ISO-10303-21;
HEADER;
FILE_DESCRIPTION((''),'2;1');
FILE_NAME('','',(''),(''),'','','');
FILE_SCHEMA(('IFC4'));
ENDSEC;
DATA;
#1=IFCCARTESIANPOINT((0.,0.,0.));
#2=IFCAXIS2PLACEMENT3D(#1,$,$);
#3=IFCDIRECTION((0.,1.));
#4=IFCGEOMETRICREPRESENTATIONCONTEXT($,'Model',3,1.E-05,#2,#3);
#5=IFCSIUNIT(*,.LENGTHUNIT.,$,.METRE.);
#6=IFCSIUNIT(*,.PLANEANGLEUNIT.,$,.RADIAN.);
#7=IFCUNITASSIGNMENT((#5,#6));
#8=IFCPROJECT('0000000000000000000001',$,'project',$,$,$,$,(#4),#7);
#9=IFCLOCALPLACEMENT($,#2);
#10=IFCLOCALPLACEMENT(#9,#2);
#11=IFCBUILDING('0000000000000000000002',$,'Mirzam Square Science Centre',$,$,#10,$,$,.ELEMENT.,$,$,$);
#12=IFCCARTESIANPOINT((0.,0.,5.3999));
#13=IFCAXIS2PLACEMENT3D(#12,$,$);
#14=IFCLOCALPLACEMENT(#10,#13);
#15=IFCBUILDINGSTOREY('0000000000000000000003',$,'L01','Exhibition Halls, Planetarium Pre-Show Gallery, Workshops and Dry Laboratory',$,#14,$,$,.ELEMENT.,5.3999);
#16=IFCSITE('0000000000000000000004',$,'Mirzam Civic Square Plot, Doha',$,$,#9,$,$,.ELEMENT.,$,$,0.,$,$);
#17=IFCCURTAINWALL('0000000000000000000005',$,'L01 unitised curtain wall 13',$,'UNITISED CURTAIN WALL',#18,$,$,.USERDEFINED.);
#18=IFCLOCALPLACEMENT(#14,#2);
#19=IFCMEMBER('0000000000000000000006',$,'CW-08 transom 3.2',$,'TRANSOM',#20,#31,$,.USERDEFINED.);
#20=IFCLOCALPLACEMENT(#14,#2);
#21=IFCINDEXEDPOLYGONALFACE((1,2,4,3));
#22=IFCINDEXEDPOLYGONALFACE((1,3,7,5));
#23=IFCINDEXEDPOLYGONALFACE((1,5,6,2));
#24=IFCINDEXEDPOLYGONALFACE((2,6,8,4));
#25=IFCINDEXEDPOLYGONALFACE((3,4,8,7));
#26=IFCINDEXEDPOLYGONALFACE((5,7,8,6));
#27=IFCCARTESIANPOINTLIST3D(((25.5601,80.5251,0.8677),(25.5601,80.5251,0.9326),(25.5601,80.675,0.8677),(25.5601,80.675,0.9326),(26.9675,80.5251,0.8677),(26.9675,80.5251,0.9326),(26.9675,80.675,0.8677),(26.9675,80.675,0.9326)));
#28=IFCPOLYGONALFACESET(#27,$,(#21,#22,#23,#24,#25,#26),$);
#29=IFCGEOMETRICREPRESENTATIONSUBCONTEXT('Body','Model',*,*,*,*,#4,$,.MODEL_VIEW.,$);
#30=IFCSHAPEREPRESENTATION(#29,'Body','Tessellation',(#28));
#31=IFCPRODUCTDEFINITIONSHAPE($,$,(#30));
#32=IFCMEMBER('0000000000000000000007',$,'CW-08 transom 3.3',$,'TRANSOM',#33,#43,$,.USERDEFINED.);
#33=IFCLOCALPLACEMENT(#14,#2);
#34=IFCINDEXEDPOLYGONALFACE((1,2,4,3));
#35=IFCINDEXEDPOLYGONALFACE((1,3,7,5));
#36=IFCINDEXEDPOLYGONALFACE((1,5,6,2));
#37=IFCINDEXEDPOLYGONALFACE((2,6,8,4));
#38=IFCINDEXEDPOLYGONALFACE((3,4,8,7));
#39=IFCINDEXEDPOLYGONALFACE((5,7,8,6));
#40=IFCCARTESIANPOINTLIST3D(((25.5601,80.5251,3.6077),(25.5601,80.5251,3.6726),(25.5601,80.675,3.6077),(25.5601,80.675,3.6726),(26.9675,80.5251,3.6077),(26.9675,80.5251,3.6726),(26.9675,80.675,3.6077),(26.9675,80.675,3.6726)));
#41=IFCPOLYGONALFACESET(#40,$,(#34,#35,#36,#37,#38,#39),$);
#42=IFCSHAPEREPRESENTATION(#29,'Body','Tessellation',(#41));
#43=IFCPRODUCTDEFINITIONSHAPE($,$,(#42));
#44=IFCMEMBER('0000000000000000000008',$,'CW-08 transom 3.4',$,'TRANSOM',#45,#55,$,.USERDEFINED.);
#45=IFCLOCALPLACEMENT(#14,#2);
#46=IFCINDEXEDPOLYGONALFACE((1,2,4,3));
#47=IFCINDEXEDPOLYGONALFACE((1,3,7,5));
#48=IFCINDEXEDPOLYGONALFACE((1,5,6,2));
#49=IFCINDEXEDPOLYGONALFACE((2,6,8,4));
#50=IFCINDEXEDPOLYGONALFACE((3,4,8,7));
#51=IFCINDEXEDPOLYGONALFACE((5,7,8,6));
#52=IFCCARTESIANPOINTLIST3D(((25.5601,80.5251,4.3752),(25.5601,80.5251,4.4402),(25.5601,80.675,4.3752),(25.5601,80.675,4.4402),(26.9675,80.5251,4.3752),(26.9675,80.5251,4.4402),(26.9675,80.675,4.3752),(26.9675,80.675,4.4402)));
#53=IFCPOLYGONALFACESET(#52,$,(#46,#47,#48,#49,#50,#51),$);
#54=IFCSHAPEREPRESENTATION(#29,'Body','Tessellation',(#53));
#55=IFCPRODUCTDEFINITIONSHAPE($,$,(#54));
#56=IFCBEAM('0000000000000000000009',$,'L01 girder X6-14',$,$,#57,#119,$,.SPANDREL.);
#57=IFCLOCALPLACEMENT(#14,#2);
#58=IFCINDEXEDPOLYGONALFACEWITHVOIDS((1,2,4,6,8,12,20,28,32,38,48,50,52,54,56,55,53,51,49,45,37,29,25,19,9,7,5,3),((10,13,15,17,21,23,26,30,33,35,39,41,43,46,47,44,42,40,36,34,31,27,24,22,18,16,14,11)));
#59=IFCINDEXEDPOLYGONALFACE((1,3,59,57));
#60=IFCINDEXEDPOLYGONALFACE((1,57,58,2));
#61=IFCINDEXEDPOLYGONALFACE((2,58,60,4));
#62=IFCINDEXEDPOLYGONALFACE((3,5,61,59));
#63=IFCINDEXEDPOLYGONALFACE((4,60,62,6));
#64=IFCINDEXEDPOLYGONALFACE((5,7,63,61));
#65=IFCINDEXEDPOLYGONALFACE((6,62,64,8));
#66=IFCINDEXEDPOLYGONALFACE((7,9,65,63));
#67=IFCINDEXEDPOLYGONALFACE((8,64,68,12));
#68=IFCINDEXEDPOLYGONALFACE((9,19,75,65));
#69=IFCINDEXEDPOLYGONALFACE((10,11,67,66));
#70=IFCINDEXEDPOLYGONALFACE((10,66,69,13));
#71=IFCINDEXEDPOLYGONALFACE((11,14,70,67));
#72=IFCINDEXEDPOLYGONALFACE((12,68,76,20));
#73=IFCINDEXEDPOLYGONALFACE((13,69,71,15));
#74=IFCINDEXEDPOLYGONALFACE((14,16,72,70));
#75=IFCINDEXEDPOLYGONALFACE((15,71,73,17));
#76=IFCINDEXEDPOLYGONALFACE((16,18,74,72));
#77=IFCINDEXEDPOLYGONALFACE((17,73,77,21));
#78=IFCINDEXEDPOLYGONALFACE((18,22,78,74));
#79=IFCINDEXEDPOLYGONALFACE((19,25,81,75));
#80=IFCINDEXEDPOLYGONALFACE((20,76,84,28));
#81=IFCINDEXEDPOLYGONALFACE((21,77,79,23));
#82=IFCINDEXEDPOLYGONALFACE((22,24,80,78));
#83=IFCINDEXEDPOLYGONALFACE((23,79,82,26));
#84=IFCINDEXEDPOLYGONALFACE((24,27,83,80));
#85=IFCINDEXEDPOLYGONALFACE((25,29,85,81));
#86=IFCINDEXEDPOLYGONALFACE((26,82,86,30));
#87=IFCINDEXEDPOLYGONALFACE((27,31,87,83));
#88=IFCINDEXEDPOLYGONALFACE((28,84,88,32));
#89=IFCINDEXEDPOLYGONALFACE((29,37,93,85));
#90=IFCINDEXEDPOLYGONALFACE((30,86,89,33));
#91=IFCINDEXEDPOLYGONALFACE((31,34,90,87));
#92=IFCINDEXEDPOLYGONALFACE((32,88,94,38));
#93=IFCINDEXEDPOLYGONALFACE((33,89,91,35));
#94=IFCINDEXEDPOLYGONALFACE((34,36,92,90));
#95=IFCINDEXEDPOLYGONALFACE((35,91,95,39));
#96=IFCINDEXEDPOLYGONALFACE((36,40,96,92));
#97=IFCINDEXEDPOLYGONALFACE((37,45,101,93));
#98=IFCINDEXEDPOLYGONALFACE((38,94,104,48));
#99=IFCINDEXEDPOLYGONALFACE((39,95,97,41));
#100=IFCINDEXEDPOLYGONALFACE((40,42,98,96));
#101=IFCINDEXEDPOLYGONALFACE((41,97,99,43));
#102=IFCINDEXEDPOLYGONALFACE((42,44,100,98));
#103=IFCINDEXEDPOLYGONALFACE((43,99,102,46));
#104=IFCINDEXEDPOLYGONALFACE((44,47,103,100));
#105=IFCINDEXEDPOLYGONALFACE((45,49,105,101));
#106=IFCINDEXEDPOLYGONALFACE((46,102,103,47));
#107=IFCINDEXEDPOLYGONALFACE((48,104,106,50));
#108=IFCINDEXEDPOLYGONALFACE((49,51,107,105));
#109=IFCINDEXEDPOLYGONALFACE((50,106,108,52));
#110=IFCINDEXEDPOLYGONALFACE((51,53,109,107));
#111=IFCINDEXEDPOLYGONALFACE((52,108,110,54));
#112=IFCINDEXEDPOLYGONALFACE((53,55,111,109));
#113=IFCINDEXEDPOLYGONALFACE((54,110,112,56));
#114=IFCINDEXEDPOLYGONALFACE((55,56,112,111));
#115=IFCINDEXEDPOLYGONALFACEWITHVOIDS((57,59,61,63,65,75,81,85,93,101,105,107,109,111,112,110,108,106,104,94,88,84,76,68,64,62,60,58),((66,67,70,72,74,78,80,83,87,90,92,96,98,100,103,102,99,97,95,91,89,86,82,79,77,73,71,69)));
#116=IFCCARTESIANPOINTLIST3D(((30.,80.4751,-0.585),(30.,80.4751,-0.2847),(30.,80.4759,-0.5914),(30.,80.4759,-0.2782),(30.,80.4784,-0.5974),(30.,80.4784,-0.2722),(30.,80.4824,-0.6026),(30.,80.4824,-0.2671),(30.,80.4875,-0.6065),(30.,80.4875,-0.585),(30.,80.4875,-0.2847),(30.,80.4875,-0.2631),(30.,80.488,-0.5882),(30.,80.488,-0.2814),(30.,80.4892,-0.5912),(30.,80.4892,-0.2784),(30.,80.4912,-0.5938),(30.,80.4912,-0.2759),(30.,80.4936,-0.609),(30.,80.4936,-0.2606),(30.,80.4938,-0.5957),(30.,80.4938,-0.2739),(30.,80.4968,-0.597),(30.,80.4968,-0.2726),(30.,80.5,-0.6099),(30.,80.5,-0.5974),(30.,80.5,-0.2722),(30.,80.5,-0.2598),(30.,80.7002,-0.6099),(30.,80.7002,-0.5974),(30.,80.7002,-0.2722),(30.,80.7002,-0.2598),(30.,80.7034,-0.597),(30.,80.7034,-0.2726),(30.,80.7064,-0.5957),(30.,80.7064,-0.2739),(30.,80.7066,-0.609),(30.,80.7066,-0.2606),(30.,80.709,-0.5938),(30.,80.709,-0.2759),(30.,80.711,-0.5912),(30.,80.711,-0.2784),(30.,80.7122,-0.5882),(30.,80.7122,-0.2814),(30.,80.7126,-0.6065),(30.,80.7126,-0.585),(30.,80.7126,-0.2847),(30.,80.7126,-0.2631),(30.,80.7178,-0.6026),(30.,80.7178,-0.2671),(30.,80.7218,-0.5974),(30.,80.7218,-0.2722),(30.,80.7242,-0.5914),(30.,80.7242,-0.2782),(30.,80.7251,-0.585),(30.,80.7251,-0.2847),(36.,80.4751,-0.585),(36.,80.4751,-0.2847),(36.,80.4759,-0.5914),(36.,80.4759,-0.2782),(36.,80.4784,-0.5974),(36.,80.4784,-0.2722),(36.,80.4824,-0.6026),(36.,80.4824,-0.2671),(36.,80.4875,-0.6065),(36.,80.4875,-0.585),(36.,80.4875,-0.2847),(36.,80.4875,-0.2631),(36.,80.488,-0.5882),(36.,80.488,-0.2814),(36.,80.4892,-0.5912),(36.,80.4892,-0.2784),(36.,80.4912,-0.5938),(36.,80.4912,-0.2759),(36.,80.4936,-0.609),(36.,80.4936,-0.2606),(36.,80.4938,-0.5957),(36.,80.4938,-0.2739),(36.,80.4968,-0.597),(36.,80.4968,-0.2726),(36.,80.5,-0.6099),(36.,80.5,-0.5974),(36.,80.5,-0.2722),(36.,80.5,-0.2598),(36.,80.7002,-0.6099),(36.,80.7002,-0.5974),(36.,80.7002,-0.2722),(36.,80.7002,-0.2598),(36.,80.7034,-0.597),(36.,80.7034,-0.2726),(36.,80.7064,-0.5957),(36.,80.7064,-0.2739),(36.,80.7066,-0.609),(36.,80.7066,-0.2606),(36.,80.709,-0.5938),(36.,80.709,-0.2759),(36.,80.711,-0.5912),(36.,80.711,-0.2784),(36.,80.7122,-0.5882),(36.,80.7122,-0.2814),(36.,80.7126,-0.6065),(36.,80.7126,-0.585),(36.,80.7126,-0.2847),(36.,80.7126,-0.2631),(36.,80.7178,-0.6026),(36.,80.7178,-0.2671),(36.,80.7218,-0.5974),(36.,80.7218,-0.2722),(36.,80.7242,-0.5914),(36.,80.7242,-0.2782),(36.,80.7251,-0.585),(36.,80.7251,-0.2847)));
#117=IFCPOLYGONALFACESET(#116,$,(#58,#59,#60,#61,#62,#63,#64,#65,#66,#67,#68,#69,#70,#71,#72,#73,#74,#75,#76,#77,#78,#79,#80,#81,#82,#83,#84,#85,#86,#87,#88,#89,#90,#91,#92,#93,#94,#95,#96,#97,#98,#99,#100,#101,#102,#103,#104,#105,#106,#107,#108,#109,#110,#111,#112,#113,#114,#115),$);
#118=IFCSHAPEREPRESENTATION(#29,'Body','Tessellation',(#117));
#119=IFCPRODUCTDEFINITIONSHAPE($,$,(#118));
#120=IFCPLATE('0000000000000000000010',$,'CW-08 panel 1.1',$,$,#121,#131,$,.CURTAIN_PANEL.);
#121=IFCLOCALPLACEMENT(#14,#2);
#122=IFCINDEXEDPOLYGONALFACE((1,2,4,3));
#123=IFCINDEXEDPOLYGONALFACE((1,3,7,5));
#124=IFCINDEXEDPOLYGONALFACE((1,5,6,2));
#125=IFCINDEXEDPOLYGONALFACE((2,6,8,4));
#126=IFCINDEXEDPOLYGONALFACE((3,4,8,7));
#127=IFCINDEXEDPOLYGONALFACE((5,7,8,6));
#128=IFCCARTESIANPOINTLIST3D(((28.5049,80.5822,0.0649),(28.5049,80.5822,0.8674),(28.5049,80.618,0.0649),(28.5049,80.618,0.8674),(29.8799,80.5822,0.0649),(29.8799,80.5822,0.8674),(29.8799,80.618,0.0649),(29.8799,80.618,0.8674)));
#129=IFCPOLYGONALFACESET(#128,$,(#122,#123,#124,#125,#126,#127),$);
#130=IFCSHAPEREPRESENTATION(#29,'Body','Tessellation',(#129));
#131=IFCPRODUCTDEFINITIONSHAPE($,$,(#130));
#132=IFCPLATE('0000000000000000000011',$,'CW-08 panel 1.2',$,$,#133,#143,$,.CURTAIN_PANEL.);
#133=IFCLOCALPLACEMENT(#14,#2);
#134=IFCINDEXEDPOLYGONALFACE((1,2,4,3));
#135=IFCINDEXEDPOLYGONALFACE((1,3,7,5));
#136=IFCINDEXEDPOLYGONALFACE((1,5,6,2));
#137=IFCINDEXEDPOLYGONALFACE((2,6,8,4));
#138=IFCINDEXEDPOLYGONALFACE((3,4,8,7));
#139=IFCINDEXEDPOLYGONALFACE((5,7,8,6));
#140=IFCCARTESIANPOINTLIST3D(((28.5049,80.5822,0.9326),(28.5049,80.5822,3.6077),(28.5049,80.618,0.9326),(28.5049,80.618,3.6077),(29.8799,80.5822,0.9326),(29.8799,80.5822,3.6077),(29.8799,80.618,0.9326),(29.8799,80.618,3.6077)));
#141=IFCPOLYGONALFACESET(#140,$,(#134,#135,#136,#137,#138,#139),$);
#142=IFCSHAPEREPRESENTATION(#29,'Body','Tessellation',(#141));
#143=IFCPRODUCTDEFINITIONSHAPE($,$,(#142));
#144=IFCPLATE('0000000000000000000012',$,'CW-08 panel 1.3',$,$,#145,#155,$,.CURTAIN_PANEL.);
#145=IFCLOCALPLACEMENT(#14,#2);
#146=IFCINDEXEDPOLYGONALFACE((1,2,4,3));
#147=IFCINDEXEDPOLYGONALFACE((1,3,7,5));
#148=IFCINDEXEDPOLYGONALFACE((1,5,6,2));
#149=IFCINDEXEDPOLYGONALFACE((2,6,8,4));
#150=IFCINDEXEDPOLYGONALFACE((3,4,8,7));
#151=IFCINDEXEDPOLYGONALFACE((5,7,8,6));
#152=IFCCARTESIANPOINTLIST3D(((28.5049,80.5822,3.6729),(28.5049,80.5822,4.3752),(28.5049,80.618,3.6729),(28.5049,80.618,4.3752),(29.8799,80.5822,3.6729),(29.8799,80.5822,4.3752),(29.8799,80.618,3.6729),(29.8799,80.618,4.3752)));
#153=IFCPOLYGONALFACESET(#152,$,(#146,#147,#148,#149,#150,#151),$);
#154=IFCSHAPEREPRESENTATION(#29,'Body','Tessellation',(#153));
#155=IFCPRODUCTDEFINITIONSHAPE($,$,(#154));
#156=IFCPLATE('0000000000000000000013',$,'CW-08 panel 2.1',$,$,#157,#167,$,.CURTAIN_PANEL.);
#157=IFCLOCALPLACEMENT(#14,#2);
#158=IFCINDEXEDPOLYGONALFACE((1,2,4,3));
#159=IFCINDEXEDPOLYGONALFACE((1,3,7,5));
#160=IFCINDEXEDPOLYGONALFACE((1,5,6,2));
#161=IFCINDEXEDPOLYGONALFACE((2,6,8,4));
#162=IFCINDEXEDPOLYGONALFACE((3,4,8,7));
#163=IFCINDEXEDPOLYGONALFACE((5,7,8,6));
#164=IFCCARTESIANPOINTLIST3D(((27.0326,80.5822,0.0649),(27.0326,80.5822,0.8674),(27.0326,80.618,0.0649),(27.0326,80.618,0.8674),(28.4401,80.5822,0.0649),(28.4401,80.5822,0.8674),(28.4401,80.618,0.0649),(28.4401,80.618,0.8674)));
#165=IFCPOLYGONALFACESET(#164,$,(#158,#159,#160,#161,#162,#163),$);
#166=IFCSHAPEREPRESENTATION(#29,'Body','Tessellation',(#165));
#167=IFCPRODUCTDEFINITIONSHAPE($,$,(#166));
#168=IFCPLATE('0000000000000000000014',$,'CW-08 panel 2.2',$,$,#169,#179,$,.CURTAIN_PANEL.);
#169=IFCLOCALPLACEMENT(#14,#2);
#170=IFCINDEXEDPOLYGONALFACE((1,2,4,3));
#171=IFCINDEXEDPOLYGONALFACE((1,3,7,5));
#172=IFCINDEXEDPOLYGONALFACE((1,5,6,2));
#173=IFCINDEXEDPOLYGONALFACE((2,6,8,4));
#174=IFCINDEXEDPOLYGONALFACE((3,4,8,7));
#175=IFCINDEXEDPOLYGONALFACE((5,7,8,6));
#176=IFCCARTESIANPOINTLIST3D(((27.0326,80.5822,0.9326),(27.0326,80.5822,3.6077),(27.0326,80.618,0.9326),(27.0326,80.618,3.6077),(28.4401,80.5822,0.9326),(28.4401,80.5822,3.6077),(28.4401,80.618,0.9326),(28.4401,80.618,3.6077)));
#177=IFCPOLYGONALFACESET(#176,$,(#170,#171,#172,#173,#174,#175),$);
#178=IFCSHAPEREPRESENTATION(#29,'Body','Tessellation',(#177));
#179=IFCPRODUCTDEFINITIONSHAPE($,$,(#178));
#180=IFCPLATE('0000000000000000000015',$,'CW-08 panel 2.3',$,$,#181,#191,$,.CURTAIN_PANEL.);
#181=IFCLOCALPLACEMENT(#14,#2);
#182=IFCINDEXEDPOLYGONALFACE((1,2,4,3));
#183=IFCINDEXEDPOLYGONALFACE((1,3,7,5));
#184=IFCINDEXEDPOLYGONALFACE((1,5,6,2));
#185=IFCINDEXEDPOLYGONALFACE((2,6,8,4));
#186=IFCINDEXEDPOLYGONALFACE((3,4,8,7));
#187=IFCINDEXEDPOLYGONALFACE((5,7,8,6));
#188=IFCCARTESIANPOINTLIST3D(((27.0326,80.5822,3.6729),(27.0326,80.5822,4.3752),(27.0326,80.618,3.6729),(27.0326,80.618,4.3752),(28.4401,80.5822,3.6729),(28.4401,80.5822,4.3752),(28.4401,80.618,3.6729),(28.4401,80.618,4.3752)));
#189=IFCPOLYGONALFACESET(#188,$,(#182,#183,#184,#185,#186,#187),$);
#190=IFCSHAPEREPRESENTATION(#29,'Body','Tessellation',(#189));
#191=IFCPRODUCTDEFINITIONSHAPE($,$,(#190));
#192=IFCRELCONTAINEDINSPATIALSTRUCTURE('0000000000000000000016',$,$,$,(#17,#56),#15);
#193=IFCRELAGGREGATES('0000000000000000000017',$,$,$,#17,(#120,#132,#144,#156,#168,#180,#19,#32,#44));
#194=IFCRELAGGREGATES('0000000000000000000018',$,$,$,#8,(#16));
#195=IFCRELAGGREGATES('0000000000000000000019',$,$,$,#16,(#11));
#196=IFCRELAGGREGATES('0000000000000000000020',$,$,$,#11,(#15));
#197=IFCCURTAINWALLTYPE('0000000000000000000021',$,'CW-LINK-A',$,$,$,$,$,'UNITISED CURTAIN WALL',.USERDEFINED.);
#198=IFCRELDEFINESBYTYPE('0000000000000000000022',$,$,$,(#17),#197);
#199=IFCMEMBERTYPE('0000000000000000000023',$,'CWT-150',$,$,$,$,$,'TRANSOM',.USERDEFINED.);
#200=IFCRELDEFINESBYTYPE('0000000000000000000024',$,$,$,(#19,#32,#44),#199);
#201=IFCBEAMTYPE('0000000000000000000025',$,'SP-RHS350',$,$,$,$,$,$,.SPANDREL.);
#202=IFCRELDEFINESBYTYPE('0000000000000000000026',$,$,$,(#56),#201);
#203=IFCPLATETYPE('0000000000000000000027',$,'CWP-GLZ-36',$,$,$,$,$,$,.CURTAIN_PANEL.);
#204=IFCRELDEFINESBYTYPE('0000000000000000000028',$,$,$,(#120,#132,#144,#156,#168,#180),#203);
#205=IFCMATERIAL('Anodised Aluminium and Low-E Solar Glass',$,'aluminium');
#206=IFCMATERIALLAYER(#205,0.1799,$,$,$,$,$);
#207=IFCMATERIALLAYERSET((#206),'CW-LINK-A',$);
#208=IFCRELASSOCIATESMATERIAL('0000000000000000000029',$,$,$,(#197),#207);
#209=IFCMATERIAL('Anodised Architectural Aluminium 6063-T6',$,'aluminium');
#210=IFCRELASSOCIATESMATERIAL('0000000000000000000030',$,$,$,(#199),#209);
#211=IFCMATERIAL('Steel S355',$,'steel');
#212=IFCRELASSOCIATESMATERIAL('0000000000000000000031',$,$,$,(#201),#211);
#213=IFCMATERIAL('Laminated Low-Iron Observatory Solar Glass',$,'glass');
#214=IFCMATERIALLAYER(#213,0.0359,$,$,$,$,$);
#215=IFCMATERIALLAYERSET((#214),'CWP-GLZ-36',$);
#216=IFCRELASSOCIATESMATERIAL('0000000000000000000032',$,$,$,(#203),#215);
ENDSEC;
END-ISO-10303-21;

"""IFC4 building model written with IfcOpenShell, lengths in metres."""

from ifc_helpers import new_model, si_unit, direction, frame, origin, origin_2d, place, context, subcontext, project, spatial, rectangle, hollow_rectangle, extrude, material, layer, layer_set, material_profile, profile_set, type_object, element, aggregate, save


model = new_model("IFC4")

# Units and contexts
model_context = context("Model", 3, precision=1e-05, world=origin(), true_north=direction((0.0, 1.0)))
body_context = subcontext(model_context, "Body", "Model", "MODEL_VIEW")
ifc_project = project(units=[si_unit("LENGTHUNIT", "METRE"), si_unit("PLANEANGLEUNIT", "RADIAN")], contexts=[model_context])

# Site, building, storey
site_placement = place(None, origin())
site = spatial("IfcSite", under=ifc_project, at=site_placement, Name="Mirzam Civic Square Plot, Doha", CompositionType="ELEMENT", RefElevation=0.0)
building_placement = place(site_placement, origin())
building = spatial("IfcBuilding", under=site, at=building_placement, Name="Mirzam Square Science Centre", CompositionType="ELEMENT")
storey_placement = place(building_placement, frame((0.0, 0.0, 5.3999)))
storey = spatial("IfcBuildingStorey", under=building, at=storey_placement, Name="L01", Description="Exhibition Halls, Planetarium Pre-Show Gallery, Workshops and Dry Laboratory", CompositionType="ELEMENT", Elevation=5.3999)

# Shared definitions
ifc_material_1 = material(Name="Steel S355", Category="steel")

# Curtain wall, members
ifc_material_2 = material(Name="Anodised Aluminium and Low-E Solar Glass", Category="aluminium")
ifc_layer_1 = layer(ifc_material_2, 0.1799)
ifc_layer_set_1 = layer_set([ifc_layer_1], Name="CW-LINK-A")
curtain_wall_type = type_object("IfcCurtainWallType", Name="CW-LINK-A", ElementType="UNITISED CURTAIN WALL", PredefinedType="USERDEFINED", material=ifc_layer_set_1)
curtain_wall_placement = place(storey_placement, origin())
curtain_wall = element("IfcCurtainWall", 1, at=curtain_wall_placement, inside=storey, type_object=curtain_wall_type, Name="L01 unitised curtain wall 13", ObjectType="UNITISED CURTAIN WALL", PredefinedType="USERDEFINED")
ifc_material_3 = material(Name="Anodised Architectural Aluminium 6063-T6", Category="aluminium")
ifc_material_profile_1 = material_profile(ifc_material_3, rectangle(XDim=0.1499, YDim=0.0649, at=origin_2d()), Name="ALU-TRAN-150x65x4")
ifc_profile_set_1 = profile_set([ifc_material_profile_1], Name="Anodised Architectural Aluminium 6063-T6")
member_type_1 = type_object("IfcMemberType", Name="CWT-150", ElementType="TRANSOM", PredefinedType="USERDEFINED", material=ifc_profile_set_1)
member_1_placement = place(storey_placement, frame((26.9675, 80.6001, 0.9001), z_axis=(-1.0, 0.0, 0.0), x_axis=(0.0, -1.0, 0.0)))
member_1 = element("IfcMember", 2, at=member_1_placement, type_object=member_type_1, Name="CW-08 transom 3.2", ObjectType="TRANSOM", PredefinedType="USERDEFINED", context=body_context, shape_type="SweptSolid", body=[
    extrude(rectangle(XDim=0.1499, YDim=0.0649, at=origin_2d()), origin(), (0.0, 0.0, 1.0), 1.4075),
])
member_2_placement = place(storey_placement, frame((26.9675, 80.6001, 3.6401), z_axis=(-1.0, 0.0, 0.0), x_axis=(0.0, -1.0, 0.0)))
member_2 = element("IfcMember", 3, at=member_2_placement, type_object=member_type_1, Name="CW-08 transom 3.3", ObjectType="TRANSOM", PredefinedType="USERDEFINED", context=body_context, shape_type="SweptSolid", body=[
    extrude(rectangle(XDim=0.1499, YDim=0.0649, at=origin_2d()), origin(), (0.0, 0.0, 1.0), 1.4075),
])
member_3_placement = place(storey_placement, frame((26.9675, 80.6001, 4.4077), z_axis=(-1.0, 0.0, 0.0), x_axis=(0.0, -1.0, 0.0)))
member_3 = element("IfcMember", 4, at=member_3_placement, type_object=member_type_1, Name="CW-08 transom 3.4", ObjectType="TRANSOM", PredefinedType="USERDEFINED", context=body_context, shape_type="SweptSolid", body=[
    extrude(rectangle(XDim=0.1499, YDim=0.0649, at=origin_2d()), origin(), (0.0, 0.0, 1.0), 1.4075),
])

# Beam
ifc_material_profile_2 = material_profile(ifc_material_1, hollow_rectangle(XDim=0.25, YDim=0.3501, WallThickness=0.0125, InnerFilletRadius=0.0125, OuterFilletRadius=0.0249, at=origin_2d()), Name="350x250x12.5RHS")
ifc_profile_set_2 = profile_set([ifc_material_profile_2], Name="Steel S355")
beam_type = type_object("IfcBeamType", Name="SP-RHS350", PredefinedType="SPANDREL", material=ifc_profile_set_2)
beam_placement = place(storey_placement, frame((30.0, 80.6001, -0.4348), z_axis=(1.0, 0.0, 0.0), x_axis=(0.0, 1.0, 0.0)))
element("IfcBeam", 5, at=beam_placement, inside=storey, type_object=beam_type, Name="L01 girder X6-14", PredefinedType="SPANDREL", context=body_context, shape_type="SweptSolid", body=[
    extrude(hollow_rectangle(XDim=0.25, YDim=0.3501, WallThickness=0.0125, InnerFilletRadius=0.0125, OuterFilletRadius=0.0249, at=origin_2d()), origin(), (0.0, 0.0, 1.0), 6.0),
])

# Plates
ifc_material_4 = material(Name="Laminated Low-Iron Observatory Solar Glass", Category="glass")
ifc_layer_2 = layer(ifc_material_4, 0.0359)
ifc_layer_set_2 = layer_set([ifc_layer_2], Name="CWP-GLZ-36")
plate_type = type_object("IfcPlateType", Name="CWP-GLZ-36", PredefinedType="CURTAIN_PANEL", material=ifc_layer_set_2)
plate_1_placement = place(storey_placement, frame((29.1924, 80.6001, 0.0649), z_axis=(0.0, 0.0, 1.0), x_axis=(-1.0, 0.0, 0.0)))
plate_1 = element("IfcPlate", 6, at=plate_1_placement, type_object=plate_type, Name="CW-08 panel 1.1", PredefinedType="CURTAIN_PANEL", context=body_context, shape_type="SweptSolid", body=[
    extrude(rectangle(XDim=1.375, YDim=0.0359, at=origin_2d()), origin(), (0.0, 0.0, 1.0), 0.8025),
])
plate_2_placement = place(storey_placement, frame((29.1924, 80.6001, 0.9326), z_axis=(0.0, 0.0, 1.0), x_axis=(-1.0, 0.0, 0.0)))
plate_2 = element("IfcPlate", 7, at=plate_2_placement, type_object=plate_type, Name="CW-08 panel 1.2", PredefinedType="CURTAIN_PANEL", context=body_context, shape_type="SweptSolid", body=[
    extrude(rectangle(XDim=1.375, YDim=0.0359, at=origin_2d()), origin(), (0.0, 0.0, 1.0), 2.675),
])
plate_3_placement = place(storey_placement, frame((29.1924, 80.6001, 3.6729), z_axis=(0.0, 0.0, 1.0), x_axis=(-1.0, 0.0, 0.0)))
plate_3 = element("IfcPlate", 8, at=plate_3_placement, type_object=plate_type, Name="CW-08 panel 1.3", PredefinedType="CURTAIN_PANEL", context=body_context, shape_type="SweptSolid", body=[
    extrude(rectangle(XDim=1.375, YDim=0.0359, at=origin_2d()), origin(), (0.0, 0.0, 1.0), 0.7024),
])
plate_4_placement = place(storey_placement, frame((27.7363, 80.6001, 0.0649), z_axis=(0.0, 0.0, 1.0), x_axis=(-1.0, 0.0, 0.0)))
plate_4 = element("IfcPlate", 9, at=plate_4_placement, type_object=plate_type, Name="CW-08 panel 2.1", PredefinedType="CURTAIN_PANEL", context=body_context, shape_type="SweptSolid", body=[
    extrude(rectangle(XDim=1.4075, YDim=0.0359, at=origin_2d()), origin(), (0.0, 0.0, 1.0), 0.8025),
])
plate_5_placement = place(storey_placement, frame((27.7363, 80.6001, 0.9326), z_axis=(0.0, 0.0, 1.0), x_axis=(-1.0, 0.0, 0.0)))
plate_5 = element("IfcPlate", 10, at=plate_5_placement, type_object=plate_type, Name="CW-08 panel 2.2", PredefinedType="CURTAIN_PANEL", context=body_context, shape_type="SweptSolid", body=[
    extrude(rectangle(XDim=1.4075, YDim=0.0359, at=origin_2d()), origin(), (0.0, 0.0, 1.0), 2.675),
])
plate_6_placement = place(storey_placement, frame((27.7363, 80.6001, 3.6729), z_axis=(0.0, 0.0, 1.0), x_axis=(-1.0, 0.0, 0.0)))
plate_6 = element("IfcPlate", 11, at=plate_6_placement, type_object=plate_type, Name="CW-08 panel 2.3", PredefinedType="CURTAIN_PANEL", context=body_context, shape_type="SweptSolid", body=[
    extrude(rectangle(XDim=1.4075, YDim=0.0359, at=origin_2d()), origin(), (0.0, 0.0, 1.0), 0.7024),
])
aggregate(curtain_wall, [plate_1, plate_2, plate_3, plate_4, plate_5, plate_6, member_1, member_2, member_3])

save(model, "model.ifc")
